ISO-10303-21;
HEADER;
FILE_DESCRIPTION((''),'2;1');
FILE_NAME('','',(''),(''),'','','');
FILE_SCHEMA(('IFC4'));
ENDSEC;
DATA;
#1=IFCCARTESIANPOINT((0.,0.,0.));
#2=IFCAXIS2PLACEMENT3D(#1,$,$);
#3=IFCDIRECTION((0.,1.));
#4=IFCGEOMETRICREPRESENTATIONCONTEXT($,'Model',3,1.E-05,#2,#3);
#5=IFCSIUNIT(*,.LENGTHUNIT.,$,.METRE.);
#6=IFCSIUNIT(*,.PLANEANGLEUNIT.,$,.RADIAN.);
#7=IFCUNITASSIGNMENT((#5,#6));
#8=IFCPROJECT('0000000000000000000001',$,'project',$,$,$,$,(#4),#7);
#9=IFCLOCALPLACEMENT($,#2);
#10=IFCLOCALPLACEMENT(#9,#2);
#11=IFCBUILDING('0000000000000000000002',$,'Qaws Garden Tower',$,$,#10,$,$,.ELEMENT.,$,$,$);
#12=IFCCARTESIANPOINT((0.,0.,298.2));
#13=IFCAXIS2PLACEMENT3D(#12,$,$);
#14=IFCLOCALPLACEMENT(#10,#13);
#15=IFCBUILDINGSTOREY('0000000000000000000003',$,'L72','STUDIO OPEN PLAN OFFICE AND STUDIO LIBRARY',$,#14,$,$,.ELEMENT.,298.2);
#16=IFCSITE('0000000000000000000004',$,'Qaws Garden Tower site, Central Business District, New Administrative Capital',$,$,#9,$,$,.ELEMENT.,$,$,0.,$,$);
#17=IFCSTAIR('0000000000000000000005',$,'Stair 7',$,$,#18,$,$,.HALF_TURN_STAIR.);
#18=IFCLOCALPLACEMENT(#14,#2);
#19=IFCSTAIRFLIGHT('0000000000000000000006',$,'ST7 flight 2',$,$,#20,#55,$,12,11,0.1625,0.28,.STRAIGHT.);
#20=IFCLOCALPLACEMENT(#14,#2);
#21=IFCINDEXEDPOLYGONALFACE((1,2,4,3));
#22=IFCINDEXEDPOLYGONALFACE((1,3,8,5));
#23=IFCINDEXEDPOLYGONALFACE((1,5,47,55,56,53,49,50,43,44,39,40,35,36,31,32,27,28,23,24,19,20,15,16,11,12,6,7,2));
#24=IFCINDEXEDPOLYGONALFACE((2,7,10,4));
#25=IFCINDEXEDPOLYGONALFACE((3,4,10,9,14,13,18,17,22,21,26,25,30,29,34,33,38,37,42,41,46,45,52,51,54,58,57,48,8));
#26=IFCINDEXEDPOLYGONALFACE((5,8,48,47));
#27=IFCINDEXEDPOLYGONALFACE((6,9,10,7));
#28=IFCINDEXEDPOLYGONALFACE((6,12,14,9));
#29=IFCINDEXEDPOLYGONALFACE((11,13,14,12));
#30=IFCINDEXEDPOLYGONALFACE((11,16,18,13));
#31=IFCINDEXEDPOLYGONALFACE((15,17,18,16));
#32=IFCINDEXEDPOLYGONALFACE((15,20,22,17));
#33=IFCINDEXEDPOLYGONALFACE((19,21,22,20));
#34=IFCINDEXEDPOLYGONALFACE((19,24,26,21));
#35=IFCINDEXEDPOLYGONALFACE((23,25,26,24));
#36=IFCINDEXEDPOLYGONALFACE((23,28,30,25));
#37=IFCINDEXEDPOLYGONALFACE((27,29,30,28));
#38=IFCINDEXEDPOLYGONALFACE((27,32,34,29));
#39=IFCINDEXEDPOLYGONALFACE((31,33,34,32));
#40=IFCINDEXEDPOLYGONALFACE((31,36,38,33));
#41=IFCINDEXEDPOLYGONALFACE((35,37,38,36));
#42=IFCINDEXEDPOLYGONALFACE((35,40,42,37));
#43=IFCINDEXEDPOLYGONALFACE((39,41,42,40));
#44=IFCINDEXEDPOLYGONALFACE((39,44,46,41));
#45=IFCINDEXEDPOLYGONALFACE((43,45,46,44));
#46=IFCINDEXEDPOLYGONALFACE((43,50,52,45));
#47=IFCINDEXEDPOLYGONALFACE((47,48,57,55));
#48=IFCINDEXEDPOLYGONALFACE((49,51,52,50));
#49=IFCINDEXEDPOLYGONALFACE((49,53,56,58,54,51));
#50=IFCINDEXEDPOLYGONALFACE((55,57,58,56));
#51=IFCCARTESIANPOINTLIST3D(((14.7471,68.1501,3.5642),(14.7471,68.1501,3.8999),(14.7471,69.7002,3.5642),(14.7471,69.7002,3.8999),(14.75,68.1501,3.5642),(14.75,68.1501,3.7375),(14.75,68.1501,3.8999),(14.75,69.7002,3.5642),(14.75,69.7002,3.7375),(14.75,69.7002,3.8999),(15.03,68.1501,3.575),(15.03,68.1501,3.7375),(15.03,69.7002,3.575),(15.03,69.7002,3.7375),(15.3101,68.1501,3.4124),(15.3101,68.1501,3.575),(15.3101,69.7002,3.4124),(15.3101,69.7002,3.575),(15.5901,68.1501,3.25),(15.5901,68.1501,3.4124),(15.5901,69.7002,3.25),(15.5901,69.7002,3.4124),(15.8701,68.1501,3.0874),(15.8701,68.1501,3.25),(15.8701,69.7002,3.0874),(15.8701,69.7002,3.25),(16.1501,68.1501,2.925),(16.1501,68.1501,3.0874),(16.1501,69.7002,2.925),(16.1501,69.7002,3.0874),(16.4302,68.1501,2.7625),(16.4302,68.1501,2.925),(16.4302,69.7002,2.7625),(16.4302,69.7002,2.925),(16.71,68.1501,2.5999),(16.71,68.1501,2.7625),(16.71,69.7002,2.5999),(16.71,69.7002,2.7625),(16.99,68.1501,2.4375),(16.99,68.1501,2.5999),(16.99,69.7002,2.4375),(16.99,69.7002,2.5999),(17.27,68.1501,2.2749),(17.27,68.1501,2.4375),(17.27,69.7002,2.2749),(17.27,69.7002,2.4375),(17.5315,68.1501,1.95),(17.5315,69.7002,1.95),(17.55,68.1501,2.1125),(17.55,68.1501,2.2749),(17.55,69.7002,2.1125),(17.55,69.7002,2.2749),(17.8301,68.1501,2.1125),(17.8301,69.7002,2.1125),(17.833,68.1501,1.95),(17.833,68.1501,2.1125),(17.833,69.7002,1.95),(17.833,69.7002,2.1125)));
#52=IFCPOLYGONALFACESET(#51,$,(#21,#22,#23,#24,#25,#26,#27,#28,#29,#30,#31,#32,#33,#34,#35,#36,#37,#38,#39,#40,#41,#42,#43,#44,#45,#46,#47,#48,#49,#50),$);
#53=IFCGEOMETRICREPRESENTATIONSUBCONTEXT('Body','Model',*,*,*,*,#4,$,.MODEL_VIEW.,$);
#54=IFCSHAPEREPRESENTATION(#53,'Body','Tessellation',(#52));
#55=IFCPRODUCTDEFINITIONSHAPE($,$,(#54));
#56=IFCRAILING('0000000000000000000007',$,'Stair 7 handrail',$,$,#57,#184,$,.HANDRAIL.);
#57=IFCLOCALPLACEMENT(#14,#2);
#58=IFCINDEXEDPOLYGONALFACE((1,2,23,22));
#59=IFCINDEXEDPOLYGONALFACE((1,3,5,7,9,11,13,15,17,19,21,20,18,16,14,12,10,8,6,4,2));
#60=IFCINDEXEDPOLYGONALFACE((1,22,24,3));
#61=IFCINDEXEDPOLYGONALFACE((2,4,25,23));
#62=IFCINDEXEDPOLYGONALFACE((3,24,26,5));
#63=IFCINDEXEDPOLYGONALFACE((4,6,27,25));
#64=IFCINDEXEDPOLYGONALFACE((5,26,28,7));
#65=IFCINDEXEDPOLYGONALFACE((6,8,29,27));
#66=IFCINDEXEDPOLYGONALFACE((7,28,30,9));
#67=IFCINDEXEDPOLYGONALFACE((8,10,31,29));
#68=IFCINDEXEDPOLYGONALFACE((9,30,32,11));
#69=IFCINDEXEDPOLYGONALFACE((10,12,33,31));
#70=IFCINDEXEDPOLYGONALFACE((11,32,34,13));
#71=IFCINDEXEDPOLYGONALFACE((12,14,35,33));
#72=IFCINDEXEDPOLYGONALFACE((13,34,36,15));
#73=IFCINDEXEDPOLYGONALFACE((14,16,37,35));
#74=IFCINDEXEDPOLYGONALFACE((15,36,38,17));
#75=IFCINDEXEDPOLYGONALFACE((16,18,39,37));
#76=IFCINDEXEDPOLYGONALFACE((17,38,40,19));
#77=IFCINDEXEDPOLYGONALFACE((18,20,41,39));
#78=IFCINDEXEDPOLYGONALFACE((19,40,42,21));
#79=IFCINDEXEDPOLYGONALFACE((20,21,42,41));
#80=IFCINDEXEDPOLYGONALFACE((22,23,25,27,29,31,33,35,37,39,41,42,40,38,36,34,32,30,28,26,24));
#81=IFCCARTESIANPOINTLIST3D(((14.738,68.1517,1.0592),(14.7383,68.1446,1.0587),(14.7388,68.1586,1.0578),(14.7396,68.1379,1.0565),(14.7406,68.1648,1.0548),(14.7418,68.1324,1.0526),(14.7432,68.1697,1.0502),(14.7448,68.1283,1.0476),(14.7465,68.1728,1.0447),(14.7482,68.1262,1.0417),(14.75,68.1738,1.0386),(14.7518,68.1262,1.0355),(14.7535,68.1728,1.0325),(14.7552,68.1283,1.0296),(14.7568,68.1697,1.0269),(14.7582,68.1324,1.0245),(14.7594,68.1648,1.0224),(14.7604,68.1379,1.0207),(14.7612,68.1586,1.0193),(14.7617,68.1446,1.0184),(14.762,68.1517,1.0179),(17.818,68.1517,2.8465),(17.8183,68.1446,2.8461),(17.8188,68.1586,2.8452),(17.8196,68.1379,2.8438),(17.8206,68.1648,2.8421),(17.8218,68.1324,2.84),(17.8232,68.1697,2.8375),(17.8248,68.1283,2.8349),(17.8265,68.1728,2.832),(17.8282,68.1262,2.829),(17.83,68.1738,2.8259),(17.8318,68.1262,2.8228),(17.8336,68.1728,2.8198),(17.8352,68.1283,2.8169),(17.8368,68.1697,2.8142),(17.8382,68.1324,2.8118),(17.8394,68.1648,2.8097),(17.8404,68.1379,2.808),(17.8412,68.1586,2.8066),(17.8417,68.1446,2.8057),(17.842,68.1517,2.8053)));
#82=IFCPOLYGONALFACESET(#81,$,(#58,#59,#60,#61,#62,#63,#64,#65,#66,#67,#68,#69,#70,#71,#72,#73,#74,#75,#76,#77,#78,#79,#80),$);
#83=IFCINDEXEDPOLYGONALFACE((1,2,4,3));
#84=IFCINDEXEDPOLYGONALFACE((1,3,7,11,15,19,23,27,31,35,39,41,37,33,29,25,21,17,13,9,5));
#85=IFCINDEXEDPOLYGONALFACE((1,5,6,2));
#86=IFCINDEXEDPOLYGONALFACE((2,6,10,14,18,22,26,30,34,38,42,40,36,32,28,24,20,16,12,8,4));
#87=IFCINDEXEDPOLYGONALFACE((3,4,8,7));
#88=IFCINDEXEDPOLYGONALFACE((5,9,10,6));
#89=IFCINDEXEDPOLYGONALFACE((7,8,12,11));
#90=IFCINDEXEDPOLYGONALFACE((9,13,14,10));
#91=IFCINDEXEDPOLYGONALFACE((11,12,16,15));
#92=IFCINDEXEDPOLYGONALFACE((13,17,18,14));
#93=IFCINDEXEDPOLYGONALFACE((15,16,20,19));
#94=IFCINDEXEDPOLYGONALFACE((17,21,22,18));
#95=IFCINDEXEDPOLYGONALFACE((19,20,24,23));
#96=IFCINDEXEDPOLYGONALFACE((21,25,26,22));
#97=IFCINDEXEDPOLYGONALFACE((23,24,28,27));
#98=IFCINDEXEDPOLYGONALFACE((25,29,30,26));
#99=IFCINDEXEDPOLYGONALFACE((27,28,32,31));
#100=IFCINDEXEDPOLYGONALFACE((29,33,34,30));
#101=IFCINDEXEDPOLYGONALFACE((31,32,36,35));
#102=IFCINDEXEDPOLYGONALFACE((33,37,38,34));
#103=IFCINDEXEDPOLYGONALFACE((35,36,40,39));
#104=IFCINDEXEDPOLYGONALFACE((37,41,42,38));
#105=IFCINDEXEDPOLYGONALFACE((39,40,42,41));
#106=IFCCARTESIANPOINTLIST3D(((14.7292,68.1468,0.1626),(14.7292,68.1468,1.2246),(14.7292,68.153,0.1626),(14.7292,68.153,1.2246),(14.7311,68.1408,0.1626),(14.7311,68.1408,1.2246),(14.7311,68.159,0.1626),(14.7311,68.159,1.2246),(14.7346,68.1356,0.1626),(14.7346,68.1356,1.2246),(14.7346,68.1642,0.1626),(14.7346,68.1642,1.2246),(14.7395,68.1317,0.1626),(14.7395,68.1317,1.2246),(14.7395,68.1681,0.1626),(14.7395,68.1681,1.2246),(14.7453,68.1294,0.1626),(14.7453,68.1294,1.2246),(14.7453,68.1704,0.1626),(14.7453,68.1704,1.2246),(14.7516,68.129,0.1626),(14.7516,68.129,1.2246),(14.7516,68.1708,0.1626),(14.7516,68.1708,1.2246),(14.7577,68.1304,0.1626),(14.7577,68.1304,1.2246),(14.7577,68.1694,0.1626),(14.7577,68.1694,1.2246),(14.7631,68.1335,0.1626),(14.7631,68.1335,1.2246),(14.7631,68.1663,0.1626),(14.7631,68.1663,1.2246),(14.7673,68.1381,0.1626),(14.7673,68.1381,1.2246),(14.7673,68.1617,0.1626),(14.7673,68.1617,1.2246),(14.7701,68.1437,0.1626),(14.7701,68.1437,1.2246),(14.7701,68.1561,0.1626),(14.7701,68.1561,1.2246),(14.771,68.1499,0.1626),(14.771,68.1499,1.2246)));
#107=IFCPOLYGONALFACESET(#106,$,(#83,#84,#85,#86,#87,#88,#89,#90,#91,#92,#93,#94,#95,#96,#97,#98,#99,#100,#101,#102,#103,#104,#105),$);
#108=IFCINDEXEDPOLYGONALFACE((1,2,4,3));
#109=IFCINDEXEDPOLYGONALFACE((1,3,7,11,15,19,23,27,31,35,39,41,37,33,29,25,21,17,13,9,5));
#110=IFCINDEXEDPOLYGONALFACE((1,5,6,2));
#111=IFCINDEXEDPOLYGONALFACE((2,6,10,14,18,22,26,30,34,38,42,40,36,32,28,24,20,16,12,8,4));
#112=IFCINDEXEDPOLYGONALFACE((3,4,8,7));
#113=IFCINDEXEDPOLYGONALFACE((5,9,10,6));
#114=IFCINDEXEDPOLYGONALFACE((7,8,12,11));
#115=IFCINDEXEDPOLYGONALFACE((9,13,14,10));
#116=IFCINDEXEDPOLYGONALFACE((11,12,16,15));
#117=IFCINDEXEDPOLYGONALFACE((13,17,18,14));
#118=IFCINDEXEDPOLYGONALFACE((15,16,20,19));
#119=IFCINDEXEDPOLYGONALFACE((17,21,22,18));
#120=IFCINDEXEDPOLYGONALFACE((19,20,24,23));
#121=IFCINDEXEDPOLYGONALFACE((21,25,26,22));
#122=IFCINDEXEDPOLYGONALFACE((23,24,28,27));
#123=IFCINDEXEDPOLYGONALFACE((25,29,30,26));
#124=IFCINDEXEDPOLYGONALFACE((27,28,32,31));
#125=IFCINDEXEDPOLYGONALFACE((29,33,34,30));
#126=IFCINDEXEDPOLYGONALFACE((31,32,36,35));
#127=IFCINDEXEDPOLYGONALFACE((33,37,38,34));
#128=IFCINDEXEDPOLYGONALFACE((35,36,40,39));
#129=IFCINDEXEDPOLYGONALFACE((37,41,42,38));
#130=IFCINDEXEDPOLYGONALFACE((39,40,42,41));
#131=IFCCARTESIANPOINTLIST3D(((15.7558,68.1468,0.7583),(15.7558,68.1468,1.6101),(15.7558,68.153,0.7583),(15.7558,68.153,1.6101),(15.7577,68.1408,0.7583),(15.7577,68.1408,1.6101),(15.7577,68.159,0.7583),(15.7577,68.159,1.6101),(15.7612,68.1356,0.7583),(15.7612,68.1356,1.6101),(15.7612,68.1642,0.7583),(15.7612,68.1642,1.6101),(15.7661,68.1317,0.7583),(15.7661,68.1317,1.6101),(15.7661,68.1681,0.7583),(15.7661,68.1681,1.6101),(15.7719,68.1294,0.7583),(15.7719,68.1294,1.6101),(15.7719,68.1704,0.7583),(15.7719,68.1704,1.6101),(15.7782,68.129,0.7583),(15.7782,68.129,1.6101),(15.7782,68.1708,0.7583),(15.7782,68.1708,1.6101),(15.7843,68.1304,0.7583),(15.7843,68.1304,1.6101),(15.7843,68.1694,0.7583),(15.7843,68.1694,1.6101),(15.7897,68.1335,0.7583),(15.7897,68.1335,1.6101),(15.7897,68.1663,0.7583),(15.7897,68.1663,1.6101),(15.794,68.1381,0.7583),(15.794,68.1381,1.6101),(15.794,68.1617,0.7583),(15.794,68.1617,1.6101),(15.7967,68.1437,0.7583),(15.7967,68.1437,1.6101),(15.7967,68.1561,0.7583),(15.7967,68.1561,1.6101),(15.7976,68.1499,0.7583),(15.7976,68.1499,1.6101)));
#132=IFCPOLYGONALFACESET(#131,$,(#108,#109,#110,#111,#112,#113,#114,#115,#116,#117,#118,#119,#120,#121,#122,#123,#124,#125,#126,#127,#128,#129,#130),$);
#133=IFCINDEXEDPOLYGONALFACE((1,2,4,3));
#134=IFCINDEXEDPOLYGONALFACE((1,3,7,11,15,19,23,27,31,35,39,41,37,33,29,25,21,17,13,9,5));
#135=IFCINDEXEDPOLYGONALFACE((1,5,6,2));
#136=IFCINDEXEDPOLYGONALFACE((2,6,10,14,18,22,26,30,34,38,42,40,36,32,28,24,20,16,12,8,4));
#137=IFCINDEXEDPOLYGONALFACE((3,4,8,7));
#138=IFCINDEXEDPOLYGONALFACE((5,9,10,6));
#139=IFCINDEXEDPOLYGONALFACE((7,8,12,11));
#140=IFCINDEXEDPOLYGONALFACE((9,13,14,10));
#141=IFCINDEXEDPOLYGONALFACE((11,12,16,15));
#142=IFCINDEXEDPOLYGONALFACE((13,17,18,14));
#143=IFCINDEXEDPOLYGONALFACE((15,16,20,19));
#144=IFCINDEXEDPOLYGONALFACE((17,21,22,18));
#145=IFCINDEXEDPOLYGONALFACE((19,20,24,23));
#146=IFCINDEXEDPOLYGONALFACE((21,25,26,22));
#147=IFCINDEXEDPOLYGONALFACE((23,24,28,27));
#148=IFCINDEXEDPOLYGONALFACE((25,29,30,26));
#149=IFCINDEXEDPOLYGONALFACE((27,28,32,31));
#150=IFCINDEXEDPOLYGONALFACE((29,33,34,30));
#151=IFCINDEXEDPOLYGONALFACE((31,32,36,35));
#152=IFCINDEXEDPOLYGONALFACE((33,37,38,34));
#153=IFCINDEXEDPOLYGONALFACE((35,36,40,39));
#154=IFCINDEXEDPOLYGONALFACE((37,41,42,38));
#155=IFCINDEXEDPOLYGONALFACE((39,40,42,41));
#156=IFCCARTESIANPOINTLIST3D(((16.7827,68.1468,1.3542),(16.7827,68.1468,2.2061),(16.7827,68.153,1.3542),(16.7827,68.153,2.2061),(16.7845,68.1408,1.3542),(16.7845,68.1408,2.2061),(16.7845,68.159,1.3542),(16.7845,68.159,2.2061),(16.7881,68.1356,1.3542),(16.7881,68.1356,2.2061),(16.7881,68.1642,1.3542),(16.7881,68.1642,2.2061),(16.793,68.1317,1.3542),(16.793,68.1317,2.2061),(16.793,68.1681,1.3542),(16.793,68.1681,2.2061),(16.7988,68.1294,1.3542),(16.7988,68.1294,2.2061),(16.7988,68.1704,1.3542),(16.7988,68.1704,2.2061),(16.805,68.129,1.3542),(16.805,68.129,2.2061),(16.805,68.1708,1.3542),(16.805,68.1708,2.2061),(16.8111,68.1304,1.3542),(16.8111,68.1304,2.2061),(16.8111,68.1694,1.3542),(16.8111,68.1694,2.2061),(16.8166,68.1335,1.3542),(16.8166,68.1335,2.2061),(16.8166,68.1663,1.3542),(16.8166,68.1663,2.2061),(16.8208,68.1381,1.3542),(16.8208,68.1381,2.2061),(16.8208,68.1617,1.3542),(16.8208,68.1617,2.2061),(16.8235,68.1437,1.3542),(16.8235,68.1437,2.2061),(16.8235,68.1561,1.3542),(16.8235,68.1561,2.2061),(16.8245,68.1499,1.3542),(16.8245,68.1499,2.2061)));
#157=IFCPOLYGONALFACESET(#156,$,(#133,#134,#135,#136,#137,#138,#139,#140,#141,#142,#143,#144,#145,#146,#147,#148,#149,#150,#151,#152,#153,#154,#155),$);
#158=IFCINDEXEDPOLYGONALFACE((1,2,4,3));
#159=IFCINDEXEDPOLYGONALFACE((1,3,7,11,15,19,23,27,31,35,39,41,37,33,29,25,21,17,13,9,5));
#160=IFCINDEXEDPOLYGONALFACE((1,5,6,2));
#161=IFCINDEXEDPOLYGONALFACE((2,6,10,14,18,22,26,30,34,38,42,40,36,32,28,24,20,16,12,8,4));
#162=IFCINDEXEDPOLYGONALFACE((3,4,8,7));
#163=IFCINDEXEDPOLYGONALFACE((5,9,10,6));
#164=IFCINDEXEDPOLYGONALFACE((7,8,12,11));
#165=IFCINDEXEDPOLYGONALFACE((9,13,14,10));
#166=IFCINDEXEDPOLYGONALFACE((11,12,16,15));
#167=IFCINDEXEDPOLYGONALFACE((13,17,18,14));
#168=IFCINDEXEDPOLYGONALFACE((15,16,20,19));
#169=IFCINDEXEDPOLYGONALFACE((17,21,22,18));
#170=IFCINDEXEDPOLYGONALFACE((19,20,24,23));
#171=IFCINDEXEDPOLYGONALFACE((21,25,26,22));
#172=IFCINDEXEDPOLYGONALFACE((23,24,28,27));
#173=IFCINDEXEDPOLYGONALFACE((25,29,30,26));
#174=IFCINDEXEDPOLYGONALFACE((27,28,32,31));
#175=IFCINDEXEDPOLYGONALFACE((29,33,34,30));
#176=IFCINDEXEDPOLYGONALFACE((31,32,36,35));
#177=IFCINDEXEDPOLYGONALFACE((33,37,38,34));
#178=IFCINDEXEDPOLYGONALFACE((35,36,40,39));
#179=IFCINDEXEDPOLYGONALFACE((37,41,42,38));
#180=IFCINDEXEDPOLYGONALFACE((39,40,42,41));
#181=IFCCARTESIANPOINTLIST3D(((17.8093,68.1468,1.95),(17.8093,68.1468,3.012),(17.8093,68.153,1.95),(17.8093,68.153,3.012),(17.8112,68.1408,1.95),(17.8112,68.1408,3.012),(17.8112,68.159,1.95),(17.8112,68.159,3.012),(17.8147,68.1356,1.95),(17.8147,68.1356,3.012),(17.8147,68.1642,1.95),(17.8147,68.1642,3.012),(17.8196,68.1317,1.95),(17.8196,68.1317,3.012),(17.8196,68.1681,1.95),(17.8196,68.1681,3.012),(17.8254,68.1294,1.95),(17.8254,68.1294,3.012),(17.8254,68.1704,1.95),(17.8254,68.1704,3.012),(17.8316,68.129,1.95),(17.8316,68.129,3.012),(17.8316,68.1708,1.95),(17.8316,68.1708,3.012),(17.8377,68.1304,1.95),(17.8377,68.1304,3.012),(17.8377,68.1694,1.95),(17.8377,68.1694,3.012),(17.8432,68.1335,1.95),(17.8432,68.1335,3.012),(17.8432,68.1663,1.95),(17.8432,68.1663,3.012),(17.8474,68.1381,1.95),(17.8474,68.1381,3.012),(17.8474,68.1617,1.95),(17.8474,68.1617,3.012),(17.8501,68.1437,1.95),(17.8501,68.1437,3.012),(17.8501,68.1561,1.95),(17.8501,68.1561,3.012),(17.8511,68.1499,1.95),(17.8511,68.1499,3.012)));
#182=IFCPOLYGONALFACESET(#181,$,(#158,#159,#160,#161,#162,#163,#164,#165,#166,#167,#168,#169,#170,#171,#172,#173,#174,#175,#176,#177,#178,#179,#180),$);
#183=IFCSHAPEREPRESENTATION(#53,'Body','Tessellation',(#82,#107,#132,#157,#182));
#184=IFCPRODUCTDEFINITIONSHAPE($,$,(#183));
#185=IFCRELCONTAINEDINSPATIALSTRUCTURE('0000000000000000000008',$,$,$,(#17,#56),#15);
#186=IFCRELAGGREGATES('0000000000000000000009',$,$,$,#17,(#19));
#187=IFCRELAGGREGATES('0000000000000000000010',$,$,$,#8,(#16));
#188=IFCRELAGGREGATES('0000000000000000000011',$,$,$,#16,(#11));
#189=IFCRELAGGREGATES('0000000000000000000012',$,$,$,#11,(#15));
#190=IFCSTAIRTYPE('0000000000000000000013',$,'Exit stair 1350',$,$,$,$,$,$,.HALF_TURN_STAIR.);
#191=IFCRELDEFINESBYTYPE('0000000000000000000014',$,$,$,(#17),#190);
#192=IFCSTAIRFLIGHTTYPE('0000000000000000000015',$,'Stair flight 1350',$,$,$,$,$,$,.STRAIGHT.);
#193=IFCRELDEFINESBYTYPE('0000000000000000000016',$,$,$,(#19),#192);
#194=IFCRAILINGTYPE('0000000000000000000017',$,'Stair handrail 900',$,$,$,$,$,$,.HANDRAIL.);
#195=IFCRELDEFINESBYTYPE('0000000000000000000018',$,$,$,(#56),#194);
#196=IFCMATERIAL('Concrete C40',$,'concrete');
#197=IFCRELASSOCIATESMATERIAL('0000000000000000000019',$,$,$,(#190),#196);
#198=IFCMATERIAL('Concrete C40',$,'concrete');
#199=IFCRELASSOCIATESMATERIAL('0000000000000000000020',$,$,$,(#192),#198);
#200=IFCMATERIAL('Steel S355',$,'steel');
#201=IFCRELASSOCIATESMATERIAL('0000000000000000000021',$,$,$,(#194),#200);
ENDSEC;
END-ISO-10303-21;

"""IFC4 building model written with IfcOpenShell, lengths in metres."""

from ifc_helpers import new_model, si_unit, direction, frame, origin, origin_2d, place, context, subcontext, project, spatial, polyline, circle, outline, extrude, material, type_object, element, aggregate, save


model = new_model("IFC4")

# Units and contexts
model_context = context("Model", 3, precision=1e-05, world=origin(), true_north=direction((0.0, 1.0)))
body_context = subcontext(model_context, "Body", "Model", "MODEL_VIEW")
ifc_project = project(units=[si_unit("LENGTHUNIT", "METRE"), si_unit("PLANEANGLEUNIT", "RADIAN")], contexts=[model_context])

# Site, building, storey
site_placement = place(None, origin())
site = spatial("IfcSite", under=ifc_project, at=site_placement, Name="Qaws Garden Tower site, Central Business District, New Administrative Capital", CompositionType="ELEMENT", RefElevation=0.0)
building_placement = place(site_placement, origin())
building = spatial("IfcBuilding", under=site, at=building_placement, Name="Qaws Garden Tower", CompositionType="ELEMENT")
storey_placement = place(building_placement, frame((0.0, 0.0, 298.2)))
storey = spatial("IfcBuildingStorey", under=building, at=storey_placement, Name="L72", Description="STUDIO OPEN PLAN OFFICE AND STUDIO LIBRARY", CompositionType="ELEMENT", Elevation=298.2)

# Stair, stair flight
ifc_material_1 = material(Name="Concrete C40", Category="concrete")
stair_type = type_object("IfcStairType", Name="Exit stair 1350", PredefinedType="HALF_TURN_STAIR", material=ifc_material_1)
stair_placement = place(storey_placement, origin())
stair = element("IfcStair", 1, at=stair_placement, inside=storey, type_object=stair_type, Name="Stair 7", PredefinedType="HALF_TURN_STAIR")
ifc_material_2 = material(Name="Concrete C40", Category="concrete")
stair_flight_type = type_object("IfcStairFlightType", Name="Stair flight 1350", PredefinedType="STRAIGHT", material=ifc_material_2)
stair_flight_1_placement = place(storey_placement, frame((17.8301, 68.925, 1.95), z_axis=(0.0, 0.0, 1.0), x_axis=(-1.0, 0.0, 0.0)))
stair_flight_1 = element("IfcStairFlight", 2, at=stair_flight_1_placement, type_object=stair_flight_type, Name="ST7 flight 2", NumberOfRisers=12, NumberOfTreads=11, PredefinedType="STRAIGHT", RiserHeight=0.1625, TreadLength=0.28, context=body_context, shape_type="SweptSolid", body=[
    extrude(outline(polyline([(-0.0029, 0.0), (-0.0029, 0.1626), (0.0, 0.1626), (0.28, 0.1626), (0.28, 0.325), (0.5601, 0.325), (0.5601, 0.4875), (0.8401, 0.4875), (0.8401, 0.6499), (1.1201, 0.6499), (1.1201, 0.8125), (1.3999, 0.8125), (1.3999, 0.9751), (1.6799, 0.9751), (1.6799, 1.1375), (1.96, 1.1375), (1.96, 1.3), (2.24, 1.3), (2.24, 1.4624), (2.52, 1.4624), (2.52, 1.625), (2.8, 1.625), (2.8, 1.7876), (3.0801, 1.7876), (3.0801, 1.95), (3.083, 1.95), (3.083, 1.6143), (3.0801, 1.6143), (0.2986, 0.0), (-0.0029, 0.0)])), frame((0.0, 0.7749, 0.0), z_axis=(0.0, -1.0, 0.0), x_axis=(1.0, 0.0, 0.0)), (0.0, 0.0, 1.0), 1.55),
])
aggregate(stair, [stair_flight_1])

# Railing
ifc_material_3 = material(Name="Steel S355", Category="steel")
railing_type = type_object("IfcRailingType", Name="Stair handrail 900", PredefinedType="HANDRAIL", material=ifc_material_3)
railing_1_placement = place(storey_placement, frame((14.75, 68.1499, 0.1626)))
element("IfcRailing", 3, at=railing_1_placement, inside=storey, type_object=railing_type, Name="Stair 7 handrail", PredefinedType="HANDRAIL", context=body_context, shape_type="SweptSolid", body=[
    extrude(circle(Radius=0.0239, at=origin_2d()), frame((0.0, 0.0, 0.876), z_axis=(0.86492, 0.0, 0.501909), x_axis=(0.0, 1.0, 0.0)), (0.0, 0.0, 1.0), 3.561),
    extrude(circle(Radius=0.021, at=origin_2d()), origin(), (0.0, 0.0, 1.0), 1.062),
    extrude(circle(Radius=0.021, at=origin_2d()), frame((1.0266, 0.0, 0.5957)), (0.0, 0.0, 1.0), 0.8518),
    extrude(circle(Radius=0.021, at=origin_2d()), frame((2.0535, 0.0, 1.1917)), (0.0, 0.0, 1.0), 0.8518),
    extrude(circle(Radius=0.021, at=origin_2d()), frame((3.0801, 0.0, 1.7874)), (0.0, 0.0, 1.0), 1.062),
])

save(model, "model.ifc")
